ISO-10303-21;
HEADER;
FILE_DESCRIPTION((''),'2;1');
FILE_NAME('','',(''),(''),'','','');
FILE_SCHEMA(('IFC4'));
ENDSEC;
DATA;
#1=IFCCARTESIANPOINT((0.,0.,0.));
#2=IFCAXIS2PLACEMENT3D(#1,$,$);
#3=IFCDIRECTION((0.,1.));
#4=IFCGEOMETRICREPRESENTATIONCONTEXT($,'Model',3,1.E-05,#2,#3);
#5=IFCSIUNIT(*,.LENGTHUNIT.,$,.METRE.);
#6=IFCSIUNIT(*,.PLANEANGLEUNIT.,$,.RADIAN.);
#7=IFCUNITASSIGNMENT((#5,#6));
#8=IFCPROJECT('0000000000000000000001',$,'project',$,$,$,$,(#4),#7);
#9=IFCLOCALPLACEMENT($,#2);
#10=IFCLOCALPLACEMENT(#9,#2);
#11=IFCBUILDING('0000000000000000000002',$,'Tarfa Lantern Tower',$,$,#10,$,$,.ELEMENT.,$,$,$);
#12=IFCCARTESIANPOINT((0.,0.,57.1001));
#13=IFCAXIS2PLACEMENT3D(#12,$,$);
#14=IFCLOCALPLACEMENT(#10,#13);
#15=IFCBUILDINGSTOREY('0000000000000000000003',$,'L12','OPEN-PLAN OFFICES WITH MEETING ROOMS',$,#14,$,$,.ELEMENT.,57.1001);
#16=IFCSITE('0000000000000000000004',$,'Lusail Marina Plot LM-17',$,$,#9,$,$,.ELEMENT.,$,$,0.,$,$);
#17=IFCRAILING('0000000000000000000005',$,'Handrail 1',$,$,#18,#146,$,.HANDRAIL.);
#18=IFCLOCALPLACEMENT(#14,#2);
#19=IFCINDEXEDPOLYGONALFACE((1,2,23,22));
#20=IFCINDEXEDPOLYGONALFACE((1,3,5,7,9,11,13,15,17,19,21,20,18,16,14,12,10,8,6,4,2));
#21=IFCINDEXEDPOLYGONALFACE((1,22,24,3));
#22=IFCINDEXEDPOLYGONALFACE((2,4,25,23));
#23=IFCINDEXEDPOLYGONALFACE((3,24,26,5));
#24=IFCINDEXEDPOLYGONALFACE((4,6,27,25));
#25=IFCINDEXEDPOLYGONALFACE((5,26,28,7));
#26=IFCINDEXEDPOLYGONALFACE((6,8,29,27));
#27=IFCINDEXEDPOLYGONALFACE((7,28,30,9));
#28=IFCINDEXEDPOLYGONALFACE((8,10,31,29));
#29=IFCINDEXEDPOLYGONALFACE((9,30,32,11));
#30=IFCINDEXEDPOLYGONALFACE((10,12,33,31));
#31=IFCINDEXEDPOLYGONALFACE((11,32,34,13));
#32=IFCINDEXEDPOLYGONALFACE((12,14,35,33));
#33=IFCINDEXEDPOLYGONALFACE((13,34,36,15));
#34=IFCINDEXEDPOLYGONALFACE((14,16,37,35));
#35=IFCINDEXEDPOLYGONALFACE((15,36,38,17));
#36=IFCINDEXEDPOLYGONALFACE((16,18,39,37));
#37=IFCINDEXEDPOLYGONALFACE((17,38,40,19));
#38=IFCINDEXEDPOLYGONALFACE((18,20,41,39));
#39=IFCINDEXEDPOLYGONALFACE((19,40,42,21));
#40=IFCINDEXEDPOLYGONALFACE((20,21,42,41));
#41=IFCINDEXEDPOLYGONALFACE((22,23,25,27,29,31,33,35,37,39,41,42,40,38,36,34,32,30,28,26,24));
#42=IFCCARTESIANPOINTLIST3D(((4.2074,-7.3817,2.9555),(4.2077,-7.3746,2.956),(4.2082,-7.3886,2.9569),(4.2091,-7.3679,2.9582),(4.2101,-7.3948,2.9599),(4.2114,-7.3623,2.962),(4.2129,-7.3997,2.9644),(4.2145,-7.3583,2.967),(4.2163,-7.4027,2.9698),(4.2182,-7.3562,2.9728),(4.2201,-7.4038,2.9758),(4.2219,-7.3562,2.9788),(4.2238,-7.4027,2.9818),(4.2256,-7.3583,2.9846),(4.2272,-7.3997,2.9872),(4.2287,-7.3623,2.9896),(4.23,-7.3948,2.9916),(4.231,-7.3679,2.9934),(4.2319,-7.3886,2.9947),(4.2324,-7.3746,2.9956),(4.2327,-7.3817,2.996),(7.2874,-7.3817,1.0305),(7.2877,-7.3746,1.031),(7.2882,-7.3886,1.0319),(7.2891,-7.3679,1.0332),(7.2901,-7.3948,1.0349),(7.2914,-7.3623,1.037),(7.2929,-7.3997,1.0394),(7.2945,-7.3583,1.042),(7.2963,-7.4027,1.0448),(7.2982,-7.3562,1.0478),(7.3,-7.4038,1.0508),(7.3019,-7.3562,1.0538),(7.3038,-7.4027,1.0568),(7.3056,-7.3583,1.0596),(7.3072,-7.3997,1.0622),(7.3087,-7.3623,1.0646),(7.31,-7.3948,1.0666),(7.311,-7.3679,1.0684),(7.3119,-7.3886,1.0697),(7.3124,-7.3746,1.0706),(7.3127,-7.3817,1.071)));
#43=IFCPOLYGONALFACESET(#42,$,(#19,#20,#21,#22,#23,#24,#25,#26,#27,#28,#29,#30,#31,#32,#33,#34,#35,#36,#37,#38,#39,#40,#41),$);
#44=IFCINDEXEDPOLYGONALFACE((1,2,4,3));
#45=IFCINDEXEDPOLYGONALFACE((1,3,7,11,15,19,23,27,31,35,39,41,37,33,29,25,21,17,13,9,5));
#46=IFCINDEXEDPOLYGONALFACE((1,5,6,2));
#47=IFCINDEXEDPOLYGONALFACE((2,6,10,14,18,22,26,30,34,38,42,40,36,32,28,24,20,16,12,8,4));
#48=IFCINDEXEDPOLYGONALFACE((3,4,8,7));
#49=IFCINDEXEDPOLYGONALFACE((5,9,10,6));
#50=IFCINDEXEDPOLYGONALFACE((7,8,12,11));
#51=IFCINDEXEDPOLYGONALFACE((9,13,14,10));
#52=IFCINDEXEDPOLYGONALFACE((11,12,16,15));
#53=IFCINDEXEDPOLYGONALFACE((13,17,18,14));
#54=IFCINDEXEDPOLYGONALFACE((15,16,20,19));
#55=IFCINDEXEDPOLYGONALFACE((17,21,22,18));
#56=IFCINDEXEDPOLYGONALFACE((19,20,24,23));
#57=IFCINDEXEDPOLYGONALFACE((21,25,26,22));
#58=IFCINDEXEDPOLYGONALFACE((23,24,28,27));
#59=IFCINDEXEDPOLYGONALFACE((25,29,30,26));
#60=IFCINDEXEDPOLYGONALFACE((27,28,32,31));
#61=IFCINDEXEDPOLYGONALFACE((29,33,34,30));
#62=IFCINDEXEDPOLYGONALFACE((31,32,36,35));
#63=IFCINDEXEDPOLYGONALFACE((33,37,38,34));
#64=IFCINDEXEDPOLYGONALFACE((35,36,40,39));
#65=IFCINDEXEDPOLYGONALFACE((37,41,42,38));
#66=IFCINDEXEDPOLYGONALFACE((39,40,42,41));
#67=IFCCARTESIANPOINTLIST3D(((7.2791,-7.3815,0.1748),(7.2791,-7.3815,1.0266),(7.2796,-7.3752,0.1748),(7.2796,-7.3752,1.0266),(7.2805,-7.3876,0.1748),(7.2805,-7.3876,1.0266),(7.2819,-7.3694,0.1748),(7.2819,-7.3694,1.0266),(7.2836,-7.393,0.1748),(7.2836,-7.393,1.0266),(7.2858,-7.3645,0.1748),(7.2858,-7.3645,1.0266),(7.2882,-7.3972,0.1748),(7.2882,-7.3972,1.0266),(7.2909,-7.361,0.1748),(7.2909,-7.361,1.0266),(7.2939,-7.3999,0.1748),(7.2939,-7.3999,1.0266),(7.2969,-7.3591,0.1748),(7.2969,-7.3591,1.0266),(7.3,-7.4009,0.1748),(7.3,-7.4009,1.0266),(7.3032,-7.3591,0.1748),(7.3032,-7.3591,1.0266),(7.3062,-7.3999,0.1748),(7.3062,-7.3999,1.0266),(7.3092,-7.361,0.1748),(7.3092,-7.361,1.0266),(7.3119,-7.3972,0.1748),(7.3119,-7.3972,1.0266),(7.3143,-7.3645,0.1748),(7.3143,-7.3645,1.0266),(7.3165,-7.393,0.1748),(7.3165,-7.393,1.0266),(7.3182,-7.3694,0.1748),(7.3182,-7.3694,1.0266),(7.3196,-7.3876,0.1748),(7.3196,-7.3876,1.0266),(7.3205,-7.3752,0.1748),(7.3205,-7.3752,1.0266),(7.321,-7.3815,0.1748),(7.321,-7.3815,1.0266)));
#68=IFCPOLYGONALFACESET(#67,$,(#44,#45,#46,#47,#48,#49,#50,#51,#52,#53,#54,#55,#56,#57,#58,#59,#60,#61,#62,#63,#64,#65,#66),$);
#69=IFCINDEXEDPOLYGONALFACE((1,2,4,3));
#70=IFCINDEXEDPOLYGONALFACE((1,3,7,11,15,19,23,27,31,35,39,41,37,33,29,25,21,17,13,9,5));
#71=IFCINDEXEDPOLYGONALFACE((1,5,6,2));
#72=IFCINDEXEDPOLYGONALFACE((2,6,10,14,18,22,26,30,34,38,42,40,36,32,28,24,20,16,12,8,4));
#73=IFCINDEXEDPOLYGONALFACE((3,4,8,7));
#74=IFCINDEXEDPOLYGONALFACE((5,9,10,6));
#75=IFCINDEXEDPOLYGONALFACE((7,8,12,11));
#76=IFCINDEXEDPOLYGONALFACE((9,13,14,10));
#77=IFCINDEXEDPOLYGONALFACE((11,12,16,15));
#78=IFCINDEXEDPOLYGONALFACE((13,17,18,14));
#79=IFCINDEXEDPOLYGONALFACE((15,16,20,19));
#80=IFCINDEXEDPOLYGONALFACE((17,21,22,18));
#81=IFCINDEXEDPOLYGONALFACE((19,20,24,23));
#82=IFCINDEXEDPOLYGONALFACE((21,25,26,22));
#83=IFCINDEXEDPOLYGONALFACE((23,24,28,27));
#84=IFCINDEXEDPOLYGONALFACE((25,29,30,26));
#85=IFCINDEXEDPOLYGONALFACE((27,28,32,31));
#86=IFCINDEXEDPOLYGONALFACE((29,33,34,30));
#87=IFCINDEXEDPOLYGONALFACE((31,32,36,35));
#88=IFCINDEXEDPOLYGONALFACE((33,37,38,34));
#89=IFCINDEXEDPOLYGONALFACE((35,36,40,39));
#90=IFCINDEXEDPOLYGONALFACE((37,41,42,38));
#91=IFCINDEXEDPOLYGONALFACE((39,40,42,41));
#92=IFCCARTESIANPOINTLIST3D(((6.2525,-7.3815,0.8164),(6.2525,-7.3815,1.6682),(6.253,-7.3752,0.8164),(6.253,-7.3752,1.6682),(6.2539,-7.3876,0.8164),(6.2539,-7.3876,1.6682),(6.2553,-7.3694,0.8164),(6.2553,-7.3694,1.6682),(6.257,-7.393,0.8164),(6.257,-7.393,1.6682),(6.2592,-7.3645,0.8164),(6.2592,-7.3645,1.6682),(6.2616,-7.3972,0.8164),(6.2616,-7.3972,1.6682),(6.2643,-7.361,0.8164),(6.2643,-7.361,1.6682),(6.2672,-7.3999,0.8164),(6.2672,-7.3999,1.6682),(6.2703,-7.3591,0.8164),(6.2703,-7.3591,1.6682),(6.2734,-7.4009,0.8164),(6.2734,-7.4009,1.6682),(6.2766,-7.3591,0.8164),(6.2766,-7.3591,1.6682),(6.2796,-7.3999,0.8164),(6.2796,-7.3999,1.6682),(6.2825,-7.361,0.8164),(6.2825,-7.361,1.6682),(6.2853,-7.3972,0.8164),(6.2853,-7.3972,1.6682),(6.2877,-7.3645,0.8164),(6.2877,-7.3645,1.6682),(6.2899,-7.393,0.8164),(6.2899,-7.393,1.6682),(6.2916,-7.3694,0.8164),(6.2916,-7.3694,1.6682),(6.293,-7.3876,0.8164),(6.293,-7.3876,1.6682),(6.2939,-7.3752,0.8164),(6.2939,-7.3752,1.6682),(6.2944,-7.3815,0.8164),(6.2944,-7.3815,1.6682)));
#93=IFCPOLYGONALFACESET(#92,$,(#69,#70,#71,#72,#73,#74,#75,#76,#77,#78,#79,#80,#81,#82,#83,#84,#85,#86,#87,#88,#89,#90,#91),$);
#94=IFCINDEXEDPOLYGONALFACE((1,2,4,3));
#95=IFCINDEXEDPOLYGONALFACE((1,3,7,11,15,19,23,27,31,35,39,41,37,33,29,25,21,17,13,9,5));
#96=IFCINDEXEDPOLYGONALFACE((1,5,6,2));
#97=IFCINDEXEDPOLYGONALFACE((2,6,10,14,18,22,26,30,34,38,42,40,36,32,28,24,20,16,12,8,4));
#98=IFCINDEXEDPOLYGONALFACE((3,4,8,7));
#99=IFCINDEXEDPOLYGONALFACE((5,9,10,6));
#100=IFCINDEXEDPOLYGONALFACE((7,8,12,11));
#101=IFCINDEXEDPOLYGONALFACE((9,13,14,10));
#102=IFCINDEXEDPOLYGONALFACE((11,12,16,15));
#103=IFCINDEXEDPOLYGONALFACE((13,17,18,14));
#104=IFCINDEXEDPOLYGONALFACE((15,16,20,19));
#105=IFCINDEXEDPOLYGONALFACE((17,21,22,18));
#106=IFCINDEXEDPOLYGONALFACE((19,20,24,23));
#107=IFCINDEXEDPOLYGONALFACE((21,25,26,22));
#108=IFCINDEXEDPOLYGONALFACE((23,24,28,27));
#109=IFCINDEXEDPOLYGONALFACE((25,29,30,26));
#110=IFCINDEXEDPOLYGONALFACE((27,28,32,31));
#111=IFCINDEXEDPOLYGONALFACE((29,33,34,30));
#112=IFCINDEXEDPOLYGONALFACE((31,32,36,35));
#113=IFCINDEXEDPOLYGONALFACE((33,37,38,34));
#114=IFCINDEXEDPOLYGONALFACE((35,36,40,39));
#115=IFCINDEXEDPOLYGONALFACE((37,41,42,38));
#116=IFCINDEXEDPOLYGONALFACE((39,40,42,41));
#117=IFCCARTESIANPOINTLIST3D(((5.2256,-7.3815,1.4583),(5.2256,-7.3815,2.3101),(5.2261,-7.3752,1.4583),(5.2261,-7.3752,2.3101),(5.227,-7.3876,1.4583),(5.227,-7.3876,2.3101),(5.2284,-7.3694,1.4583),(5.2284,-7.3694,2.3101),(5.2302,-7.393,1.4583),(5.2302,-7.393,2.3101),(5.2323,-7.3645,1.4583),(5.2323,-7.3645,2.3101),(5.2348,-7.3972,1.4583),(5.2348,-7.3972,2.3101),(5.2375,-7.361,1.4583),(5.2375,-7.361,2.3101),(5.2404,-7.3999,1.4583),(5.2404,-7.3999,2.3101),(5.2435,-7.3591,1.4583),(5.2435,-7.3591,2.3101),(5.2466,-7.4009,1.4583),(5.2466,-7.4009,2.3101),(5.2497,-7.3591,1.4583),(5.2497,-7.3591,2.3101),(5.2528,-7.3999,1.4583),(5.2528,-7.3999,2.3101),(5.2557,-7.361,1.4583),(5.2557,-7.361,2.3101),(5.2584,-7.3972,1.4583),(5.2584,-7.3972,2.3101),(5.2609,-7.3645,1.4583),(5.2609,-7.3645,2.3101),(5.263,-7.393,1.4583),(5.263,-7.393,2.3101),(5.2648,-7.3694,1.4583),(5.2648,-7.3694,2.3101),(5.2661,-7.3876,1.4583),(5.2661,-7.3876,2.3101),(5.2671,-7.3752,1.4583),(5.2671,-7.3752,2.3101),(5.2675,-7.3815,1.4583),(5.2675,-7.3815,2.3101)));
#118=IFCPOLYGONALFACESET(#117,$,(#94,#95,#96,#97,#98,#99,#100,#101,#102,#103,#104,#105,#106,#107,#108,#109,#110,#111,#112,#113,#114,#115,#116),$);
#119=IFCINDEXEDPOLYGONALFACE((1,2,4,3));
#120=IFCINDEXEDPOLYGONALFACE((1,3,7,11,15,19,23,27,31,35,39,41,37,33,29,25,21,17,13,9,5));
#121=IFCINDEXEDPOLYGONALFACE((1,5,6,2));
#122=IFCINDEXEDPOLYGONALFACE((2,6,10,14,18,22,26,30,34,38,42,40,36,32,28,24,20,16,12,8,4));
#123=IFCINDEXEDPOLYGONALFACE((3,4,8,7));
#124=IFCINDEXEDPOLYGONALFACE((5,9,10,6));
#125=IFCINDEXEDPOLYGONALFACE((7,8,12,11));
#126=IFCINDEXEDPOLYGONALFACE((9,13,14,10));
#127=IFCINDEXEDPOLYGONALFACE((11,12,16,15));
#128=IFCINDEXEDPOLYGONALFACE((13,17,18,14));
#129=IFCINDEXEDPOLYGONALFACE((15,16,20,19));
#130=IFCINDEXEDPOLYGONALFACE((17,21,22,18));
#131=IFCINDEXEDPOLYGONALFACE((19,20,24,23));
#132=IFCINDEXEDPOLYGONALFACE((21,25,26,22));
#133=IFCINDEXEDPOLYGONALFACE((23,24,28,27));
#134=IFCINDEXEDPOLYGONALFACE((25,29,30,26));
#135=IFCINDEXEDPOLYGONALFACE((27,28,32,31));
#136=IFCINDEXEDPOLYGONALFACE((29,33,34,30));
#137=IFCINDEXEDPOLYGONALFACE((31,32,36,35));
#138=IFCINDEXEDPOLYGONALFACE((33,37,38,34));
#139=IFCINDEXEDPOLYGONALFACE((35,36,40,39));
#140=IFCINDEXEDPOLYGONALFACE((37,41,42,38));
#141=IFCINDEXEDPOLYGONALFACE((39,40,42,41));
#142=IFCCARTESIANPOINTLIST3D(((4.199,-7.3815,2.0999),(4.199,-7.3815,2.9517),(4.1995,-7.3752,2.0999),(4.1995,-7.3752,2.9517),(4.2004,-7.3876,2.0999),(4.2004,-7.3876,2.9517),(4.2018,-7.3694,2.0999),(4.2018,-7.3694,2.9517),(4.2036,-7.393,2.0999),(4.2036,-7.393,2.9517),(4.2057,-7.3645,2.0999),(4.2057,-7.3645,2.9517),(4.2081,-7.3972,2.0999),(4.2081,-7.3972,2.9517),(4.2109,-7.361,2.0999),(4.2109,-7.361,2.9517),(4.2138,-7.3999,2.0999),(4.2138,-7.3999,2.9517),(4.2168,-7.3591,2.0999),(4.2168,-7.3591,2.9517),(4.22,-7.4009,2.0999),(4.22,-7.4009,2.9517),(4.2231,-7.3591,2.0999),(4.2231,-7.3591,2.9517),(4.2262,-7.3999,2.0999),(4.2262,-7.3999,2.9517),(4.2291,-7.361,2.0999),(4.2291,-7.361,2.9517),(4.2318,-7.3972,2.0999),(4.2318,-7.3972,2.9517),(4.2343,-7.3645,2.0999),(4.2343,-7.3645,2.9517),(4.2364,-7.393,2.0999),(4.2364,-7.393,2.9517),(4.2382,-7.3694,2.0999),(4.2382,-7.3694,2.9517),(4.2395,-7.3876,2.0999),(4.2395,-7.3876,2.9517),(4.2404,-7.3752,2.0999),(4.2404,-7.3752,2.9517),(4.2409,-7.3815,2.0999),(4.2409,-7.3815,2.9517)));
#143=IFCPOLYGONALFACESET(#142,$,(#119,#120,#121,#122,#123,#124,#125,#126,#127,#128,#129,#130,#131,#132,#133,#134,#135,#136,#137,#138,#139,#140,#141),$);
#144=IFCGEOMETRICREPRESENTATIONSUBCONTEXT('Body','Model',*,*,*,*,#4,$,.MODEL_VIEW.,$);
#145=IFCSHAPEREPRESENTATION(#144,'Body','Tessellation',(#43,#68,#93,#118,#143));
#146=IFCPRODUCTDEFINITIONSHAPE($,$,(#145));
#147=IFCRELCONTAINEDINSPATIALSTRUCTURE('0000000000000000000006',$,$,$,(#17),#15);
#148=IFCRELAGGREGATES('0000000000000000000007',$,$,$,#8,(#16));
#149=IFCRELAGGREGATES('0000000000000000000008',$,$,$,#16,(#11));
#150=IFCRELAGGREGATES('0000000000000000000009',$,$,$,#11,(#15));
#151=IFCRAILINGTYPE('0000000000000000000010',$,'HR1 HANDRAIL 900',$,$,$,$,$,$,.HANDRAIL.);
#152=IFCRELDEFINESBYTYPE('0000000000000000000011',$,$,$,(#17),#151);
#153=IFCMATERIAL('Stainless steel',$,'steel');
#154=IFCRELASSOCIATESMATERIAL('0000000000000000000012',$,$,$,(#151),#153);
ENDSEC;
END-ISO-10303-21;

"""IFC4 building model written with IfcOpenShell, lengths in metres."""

from ifc_helpers import new_model, si_unit, direction, frame, origin, origin_2d, place, context, subcontext, project, spatial, circle, extrude, material, type_object, element, save


model = new_model("IFC4")

# Units and contexts
model_context = context("Model", 3, precision=1e-05, world=origin(), true_north=direction((0.0, 1.0)))
body_context = subcontext(model_context, "Body", "Model", "MODEL_VIEW")
ifc_project = project(units=[si_unit("LENGTHUNIT", "METRE"), si_unit("PLANEANGLEUNIT", "RADIAN")], contexts=[model_context])

# Site, building, storey
site_placement = place(None, origin())
site = spatial("IfcSite", under=ifc_project, at=site_placement, Name="Lusail Marina Plot LM-17", CompositionType="ELEMENT", RefElevation=0.0)
building_placement = place(site_placement, origin())
building = spatial("IfcBuilding", under=site, at=building_placement, Name="Tarfa Lantern Tower", CompositionType="ELEMENT")
storey_placement = place(building_placement, frame((0.0, 0.0, 57.1001)))
storey = spatial("IfcBuildingStorey", under=building, at=storey_placement, Name="L12", Description="OPEN-PLAN OFFICES WITH MEETING ROOMS", CompositionType="ELEMENT", Elevation=57.1001)

# Railing
ifc_material_1 = material(Name="Stainless steel", Category="steel")
railing_type = type_object("IfcRailingType", Name="HR1 HANDRAIL 900", PredefinedType="HANDRAIL", material=ifc_material_1)
railing_1_placement = place(storey_placement, frame((7.3, -7.3799, 0.1748)))
element("IfcRailing", 1, at=railing_1_placement, inside=storey, type_object=railing_type, Name="Handrail 1", PredefinedType="HANDRAIL", context=body_context, shape_type="SweptSolid", body=[
    extrude(circle(Radius=0.0239, at=origin_2d()), frame((0.0, 0.0, 0.876), z_axis=(-0.847998, 0.0, 0.529999), x_axis=(0.0, -1.0, 0.0)), (0.0, 0.0, 1.0), 3.6321),
    extrude(circle(Radius=0.021, at=origin_2d()), frame((0.0, 0.0, 0.0), z_axis=(0.0, 0.0, 1.0), x_axis=(0.0, -1.0, 0.0)), (0.0, 0.0, 1.0), 0.8518),
    extrude(circle(Radius=0.021, at=origin_2d()), frame((-1.0266, 0.0, 0.6416), z_axis=(0.0, 0.0, 1.0), x_axis=(0.0, -1.0, 0.0)), (0.0, 0.0, 1.0), 0.8518),
    extrude(circle(Radius=0.021, at=origin_2d()), frame((-2.0535, 0.0, 1.2834), z_axis=(0.0, 0.0, 1.0), x_axis=(0.0, -1.0, 0.0)), (0.0, 0.0, 1.0), 0.8518),
    extrude(circle(Radius=0.021, at=origin_2d()), frame((-3.0801, 0.0, 1.925), z_axis=(0.0, 0.0, 1.0), x_axis=(0.0, -1.0, 0.0)), (0.0, 0.0, 1.0), 0.8518),
])

save(model, "model.ifc")
